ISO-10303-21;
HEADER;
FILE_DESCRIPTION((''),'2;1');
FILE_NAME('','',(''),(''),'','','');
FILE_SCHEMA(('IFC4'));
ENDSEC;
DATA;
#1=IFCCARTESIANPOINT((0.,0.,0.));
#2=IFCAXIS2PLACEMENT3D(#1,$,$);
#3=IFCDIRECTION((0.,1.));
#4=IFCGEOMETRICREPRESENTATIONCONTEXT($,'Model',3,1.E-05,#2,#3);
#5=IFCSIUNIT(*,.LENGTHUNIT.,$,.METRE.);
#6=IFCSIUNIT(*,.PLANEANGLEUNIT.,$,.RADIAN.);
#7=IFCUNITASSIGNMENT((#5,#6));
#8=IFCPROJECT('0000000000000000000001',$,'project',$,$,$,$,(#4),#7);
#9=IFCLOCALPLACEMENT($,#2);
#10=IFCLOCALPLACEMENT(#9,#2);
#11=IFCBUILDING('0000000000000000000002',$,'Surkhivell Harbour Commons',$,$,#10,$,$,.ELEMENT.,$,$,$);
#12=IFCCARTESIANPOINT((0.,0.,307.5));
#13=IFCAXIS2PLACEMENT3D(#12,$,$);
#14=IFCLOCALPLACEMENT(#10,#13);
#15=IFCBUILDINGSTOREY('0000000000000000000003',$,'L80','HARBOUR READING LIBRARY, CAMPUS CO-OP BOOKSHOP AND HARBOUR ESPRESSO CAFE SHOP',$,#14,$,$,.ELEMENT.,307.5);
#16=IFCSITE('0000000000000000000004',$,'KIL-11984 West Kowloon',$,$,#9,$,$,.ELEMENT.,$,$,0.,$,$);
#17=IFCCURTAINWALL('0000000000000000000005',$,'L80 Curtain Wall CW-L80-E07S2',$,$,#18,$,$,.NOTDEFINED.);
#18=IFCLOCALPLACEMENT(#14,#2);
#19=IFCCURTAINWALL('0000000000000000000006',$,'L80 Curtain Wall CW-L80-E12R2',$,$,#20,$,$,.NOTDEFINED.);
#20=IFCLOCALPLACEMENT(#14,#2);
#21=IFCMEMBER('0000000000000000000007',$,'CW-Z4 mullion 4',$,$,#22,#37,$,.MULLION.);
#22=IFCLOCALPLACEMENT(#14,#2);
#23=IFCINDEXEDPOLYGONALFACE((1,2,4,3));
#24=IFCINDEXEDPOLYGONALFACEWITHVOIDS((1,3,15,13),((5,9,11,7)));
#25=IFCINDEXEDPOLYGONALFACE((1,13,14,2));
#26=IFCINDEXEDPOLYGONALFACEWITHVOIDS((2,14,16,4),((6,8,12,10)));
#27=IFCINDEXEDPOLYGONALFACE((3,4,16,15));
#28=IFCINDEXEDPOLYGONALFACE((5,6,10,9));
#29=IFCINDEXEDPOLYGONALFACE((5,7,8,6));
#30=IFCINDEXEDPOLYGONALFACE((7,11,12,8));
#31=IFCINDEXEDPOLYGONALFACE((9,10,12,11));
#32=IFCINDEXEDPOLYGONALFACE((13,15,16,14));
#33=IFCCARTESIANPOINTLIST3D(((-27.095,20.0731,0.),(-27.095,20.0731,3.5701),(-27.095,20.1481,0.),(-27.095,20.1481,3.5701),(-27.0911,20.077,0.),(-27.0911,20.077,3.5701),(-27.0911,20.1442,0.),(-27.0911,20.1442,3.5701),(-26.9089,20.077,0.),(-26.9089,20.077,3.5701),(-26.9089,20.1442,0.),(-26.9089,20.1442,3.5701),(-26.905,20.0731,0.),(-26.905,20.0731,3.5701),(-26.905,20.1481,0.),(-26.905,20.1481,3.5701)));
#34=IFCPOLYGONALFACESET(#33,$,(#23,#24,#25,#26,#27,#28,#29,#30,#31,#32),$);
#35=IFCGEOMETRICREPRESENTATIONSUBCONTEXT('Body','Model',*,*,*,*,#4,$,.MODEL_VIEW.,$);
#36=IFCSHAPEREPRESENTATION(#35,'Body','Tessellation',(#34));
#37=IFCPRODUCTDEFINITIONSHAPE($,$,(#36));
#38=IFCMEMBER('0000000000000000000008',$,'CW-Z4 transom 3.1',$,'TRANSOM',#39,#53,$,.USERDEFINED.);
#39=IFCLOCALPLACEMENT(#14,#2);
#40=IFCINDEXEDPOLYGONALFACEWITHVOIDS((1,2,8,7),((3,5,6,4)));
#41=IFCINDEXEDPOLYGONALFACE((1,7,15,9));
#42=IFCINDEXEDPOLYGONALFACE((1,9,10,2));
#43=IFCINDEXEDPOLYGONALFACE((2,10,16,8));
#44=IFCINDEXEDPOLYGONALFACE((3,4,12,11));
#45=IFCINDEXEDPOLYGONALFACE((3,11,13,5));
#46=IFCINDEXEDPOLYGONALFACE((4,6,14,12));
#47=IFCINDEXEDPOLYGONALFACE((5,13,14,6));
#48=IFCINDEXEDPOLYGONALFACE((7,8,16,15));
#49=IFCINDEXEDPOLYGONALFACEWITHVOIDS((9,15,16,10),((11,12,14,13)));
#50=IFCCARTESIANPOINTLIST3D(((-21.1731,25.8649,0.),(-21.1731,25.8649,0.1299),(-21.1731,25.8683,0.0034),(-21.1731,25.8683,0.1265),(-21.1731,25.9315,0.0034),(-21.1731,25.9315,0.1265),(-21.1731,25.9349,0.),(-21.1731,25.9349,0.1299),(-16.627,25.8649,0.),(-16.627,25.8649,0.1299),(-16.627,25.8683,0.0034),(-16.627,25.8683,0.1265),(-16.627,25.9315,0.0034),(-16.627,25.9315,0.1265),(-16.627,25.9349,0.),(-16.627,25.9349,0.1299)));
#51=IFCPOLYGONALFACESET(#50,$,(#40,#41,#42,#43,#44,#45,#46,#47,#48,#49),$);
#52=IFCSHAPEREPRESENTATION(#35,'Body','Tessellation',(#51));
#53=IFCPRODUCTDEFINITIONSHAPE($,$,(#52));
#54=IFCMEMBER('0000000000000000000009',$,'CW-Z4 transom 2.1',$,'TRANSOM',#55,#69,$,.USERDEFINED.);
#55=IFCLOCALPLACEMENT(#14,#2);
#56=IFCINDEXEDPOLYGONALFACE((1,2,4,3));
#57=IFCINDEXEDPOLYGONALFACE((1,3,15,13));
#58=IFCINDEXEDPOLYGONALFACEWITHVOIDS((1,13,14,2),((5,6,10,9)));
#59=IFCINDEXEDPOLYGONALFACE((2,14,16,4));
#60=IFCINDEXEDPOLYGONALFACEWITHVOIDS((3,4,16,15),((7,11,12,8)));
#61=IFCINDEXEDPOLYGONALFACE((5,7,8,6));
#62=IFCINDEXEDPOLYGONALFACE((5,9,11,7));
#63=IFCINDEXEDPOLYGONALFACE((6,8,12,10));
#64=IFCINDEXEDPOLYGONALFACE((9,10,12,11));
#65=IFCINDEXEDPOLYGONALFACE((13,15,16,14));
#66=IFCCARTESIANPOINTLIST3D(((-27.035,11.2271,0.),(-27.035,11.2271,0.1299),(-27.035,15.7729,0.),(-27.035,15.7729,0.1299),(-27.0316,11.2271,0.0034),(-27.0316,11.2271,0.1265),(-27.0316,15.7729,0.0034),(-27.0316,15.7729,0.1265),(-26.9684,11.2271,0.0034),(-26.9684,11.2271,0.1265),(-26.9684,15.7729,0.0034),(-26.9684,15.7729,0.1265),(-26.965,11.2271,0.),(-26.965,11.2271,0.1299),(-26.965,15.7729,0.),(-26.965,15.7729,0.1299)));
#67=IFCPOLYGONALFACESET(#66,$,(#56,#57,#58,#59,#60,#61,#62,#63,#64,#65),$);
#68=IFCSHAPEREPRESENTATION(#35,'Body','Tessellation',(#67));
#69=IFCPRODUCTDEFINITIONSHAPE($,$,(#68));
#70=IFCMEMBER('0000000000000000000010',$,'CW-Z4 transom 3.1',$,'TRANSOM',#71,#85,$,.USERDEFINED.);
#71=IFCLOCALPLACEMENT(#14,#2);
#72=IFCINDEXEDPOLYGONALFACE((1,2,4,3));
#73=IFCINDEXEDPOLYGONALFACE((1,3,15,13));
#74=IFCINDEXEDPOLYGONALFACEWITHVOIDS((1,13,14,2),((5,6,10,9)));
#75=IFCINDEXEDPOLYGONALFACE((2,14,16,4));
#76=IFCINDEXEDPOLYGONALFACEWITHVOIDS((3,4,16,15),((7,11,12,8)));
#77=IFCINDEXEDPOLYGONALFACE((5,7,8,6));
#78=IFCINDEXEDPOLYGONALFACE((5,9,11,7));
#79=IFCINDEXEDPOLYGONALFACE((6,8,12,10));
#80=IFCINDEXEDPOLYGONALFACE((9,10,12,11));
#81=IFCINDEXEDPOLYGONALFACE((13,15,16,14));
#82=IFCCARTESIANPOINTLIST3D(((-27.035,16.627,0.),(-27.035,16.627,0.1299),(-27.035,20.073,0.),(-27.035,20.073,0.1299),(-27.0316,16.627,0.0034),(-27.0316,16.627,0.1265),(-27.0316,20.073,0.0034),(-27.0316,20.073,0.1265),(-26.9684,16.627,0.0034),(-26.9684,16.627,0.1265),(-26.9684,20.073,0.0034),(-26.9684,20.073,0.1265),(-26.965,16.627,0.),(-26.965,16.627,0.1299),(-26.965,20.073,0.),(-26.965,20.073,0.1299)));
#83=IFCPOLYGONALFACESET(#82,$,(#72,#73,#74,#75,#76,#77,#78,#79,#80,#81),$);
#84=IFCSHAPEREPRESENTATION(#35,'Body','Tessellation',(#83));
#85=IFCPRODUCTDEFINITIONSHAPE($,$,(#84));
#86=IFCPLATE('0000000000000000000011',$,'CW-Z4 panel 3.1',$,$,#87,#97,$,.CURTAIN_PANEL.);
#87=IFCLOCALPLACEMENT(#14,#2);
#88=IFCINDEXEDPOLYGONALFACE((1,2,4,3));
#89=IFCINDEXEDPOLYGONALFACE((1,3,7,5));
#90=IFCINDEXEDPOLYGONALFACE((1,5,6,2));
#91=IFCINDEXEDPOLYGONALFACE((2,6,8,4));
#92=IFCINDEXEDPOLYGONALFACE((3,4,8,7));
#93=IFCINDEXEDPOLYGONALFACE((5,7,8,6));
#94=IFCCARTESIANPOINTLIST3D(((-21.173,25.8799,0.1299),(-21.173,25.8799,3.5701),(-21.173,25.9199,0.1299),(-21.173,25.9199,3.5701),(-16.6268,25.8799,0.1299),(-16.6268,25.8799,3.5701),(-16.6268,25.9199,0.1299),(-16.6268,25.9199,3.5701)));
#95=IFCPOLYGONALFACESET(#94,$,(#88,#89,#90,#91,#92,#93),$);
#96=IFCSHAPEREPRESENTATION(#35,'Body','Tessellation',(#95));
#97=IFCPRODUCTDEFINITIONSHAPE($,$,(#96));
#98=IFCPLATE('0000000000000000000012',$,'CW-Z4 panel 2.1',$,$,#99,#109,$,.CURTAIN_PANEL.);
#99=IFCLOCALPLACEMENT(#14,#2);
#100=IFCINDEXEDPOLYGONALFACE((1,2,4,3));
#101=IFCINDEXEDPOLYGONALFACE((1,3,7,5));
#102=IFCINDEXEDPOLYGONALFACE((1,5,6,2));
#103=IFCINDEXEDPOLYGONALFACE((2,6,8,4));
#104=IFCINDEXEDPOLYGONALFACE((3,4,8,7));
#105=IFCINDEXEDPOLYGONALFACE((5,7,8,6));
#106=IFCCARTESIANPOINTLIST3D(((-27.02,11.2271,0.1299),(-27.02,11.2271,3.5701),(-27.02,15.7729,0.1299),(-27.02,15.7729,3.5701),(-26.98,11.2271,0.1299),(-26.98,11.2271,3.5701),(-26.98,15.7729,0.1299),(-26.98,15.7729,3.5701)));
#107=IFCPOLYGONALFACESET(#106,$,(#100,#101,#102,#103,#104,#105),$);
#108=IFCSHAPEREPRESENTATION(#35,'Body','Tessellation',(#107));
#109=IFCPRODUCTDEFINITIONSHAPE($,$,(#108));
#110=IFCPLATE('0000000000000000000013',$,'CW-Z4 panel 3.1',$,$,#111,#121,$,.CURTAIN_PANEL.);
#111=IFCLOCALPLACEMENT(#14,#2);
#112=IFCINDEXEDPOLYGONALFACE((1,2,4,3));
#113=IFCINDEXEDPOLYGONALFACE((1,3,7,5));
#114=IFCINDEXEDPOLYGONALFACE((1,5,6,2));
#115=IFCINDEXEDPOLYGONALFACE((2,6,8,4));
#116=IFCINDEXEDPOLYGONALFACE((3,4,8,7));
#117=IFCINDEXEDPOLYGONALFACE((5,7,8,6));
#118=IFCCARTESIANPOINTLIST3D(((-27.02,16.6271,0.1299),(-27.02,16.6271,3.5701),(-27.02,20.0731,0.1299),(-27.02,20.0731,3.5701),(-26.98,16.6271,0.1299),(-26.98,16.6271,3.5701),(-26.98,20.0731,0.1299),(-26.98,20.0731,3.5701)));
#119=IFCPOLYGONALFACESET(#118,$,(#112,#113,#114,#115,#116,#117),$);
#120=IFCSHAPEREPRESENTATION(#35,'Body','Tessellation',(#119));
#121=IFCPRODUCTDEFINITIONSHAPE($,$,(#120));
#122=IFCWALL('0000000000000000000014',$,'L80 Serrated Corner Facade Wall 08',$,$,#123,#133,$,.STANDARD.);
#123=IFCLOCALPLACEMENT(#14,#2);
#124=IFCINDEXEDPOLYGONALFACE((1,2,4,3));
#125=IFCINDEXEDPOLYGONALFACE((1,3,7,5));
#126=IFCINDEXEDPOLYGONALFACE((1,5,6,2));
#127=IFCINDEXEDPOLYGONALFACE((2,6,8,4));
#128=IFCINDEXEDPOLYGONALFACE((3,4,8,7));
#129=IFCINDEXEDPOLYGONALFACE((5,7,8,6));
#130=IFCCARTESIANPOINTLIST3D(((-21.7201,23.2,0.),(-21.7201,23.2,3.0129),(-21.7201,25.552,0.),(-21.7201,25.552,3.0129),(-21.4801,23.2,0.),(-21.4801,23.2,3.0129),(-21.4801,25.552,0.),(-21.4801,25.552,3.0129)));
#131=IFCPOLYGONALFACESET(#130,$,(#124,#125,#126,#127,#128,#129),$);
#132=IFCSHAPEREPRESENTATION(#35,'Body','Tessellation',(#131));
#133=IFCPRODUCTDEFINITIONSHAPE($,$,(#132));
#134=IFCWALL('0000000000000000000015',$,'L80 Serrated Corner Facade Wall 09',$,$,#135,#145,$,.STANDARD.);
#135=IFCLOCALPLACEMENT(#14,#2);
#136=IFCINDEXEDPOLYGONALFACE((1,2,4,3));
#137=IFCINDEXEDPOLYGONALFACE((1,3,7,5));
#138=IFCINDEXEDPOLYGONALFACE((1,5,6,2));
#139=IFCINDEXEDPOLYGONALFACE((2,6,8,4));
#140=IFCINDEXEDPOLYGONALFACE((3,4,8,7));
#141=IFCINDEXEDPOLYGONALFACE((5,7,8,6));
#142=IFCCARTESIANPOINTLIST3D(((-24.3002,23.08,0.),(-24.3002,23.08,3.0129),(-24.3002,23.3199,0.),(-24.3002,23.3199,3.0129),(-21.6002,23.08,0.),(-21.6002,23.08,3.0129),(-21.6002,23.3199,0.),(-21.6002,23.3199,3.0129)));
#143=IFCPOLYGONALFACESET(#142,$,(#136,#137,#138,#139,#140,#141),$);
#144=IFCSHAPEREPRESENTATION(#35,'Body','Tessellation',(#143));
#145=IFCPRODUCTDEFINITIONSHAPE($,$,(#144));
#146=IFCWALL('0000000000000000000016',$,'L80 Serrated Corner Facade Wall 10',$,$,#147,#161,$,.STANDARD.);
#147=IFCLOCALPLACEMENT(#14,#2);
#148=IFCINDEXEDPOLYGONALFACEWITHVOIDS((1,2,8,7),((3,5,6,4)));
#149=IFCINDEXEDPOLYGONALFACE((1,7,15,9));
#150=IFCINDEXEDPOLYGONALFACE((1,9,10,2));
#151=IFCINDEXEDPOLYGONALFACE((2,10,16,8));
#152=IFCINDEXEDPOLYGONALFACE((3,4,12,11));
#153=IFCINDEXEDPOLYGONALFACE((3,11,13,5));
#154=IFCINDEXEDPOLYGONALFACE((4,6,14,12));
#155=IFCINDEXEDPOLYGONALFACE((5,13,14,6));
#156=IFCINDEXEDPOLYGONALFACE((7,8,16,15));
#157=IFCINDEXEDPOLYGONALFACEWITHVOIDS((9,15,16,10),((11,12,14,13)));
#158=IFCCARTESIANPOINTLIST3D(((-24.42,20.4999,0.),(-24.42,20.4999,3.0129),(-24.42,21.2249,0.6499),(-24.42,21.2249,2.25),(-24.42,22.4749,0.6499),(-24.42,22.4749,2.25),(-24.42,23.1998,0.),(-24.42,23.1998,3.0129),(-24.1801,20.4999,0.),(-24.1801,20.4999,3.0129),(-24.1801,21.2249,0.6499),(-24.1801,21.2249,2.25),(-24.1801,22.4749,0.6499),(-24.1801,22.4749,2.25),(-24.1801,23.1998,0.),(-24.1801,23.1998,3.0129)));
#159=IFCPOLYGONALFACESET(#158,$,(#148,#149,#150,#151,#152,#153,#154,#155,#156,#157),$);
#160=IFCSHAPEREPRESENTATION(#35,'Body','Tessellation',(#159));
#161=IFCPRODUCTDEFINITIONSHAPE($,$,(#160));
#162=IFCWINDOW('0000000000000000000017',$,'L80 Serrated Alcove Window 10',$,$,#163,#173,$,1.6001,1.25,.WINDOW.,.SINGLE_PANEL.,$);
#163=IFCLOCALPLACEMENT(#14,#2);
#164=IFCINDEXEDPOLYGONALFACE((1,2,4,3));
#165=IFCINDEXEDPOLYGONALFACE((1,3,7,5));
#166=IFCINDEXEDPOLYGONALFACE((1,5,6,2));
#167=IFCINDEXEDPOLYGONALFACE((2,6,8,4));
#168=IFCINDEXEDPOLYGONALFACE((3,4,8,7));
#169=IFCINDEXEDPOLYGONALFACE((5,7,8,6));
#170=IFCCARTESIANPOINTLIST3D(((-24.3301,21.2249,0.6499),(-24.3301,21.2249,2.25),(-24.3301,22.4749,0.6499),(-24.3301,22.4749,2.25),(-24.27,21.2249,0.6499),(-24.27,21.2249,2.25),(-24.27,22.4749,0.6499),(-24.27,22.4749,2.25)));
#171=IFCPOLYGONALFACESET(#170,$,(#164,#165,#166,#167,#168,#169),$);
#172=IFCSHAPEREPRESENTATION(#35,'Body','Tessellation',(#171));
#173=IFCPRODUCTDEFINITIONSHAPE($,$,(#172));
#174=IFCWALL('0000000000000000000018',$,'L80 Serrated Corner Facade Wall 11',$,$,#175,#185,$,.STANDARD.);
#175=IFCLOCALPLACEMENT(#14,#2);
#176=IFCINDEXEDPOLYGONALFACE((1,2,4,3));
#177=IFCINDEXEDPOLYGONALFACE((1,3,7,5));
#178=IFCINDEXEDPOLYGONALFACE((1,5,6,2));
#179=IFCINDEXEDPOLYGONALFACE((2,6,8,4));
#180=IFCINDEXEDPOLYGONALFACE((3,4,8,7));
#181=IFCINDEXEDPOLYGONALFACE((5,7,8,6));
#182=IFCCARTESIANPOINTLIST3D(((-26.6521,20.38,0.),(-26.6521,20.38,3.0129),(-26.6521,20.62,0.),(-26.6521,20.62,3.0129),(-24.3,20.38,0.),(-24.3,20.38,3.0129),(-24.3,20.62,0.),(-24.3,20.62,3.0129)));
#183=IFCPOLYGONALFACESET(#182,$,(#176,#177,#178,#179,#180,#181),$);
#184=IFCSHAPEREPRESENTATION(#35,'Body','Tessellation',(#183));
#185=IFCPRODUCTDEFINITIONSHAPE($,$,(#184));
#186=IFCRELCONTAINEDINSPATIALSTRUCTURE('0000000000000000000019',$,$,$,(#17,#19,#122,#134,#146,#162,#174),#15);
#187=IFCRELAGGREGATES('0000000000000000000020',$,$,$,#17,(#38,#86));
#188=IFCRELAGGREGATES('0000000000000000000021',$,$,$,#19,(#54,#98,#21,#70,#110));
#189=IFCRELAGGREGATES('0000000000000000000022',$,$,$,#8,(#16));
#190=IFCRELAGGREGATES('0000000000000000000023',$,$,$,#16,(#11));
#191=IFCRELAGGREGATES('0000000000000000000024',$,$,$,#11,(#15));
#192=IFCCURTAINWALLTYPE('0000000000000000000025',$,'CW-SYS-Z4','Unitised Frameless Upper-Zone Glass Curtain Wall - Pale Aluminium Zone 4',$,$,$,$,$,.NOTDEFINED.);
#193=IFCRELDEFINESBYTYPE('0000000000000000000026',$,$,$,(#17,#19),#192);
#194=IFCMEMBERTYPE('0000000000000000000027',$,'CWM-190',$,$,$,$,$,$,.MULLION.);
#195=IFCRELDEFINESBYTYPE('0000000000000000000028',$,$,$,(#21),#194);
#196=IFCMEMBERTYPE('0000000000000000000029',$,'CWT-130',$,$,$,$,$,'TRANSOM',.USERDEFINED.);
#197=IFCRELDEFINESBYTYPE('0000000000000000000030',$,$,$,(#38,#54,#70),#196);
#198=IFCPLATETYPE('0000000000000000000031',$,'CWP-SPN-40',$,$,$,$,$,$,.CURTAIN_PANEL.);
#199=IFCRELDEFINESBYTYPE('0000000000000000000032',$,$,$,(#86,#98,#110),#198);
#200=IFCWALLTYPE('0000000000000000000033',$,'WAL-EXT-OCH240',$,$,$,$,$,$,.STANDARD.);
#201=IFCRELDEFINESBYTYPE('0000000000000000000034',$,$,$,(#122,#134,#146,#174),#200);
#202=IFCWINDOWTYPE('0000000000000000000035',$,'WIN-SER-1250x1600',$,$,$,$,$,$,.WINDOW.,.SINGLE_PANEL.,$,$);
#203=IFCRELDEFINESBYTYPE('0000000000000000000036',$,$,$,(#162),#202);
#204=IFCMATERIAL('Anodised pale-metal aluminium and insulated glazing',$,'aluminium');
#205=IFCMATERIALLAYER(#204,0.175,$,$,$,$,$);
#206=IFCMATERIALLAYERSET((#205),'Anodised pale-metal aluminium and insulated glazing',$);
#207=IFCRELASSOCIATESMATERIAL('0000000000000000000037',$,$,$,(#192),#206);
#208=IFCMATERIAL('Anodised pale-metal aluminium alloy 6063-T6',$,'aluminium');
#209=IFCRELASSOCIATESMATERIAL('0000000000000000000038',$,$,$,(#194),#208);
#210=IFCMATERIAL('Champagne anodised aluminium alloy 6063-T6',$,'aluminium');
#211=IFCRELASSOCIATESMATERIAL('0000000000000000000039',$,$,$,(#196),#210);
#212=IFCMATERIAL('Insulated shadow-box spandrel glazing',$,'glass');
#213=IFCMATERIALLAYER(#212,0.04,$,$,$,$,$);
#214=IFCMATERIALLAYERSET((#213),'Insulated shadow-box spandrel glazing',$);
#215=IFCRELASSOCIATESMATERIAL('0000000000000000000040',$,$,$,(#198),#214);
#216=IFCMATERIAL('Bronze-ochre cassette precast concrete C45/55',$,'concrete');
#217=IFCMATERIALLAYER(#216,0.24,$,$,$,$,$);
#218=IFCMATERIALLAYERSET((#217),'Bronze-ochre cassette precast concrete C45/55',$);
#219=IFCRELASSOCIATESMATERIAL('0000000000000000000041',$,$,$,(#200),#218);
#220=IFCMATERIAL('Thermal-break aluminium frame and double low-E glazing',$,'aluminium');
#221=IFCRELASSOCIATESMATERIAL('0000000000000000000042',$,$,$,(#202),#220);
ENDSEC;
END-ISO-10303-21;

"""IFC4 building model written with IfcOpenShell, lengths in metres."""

from ifc_helpers import new_model, si_unit, direction, frame, frame_2d, origin, origin_2d, place, context, subcontext, project, spatial, rectangle, hollow_rectangle, extrude, material, layer, layer_set, material_profile, profile_set, type_object, element, fill, aggregate, save


model = new_model("IFC4")

# Units and contexts
model_context = context("Model", 3, precision=1e-05, world=origin(), true_north=direction((0.0, 1.0)))
body_context = subcontext(model_context, "Body", "Model", "MODEL_VIEW")
ifc_project = project(units=[si_unit("LENGTHUNIT", "METRE"), si_unit("PLANEANGLEUNIT", "RADIAN")], contexts=[model_context])

# Site, building, storey
site_placement = place(None, origin())
site = spatial("IfcSite", under=ifc_project, at=site_placement, Name="KIL-11984 West Kowloon", CompositionType="ELEMENT", RefElevation=0.0)
building_placement = place(site_placement, origin())
building = spatial("IfcBuilding", under=site, at=building_placement, Name="Surkhivell Harbour Commons", CompositionType="ELEMENT")
storey_placement = place(building_placement, frame((0.0, 0.0, 307.5)))
storey = spatial("IfcBuildingStorey", under=building, at=storey_placement, Name="L80", Description="HARBOUR READING LIBRARY, CAMPUS CO-OP BOOKSHOP AND HARBOUR ESPRESSO CAFE SHOP", CompositionType="ELEMENT", Elevation=307.5)

# Curtain wall
ifc_material_1 = material(Name="Anodised pale-metal aluminium and insulated glazing", Category="aluminium")
ifc_layer_1 = layer(ifc_material_1, 0.175)
ifc_layer_set_1 = layer_set([ifc_layer_1], Name="Anodised pale-metal aluminium and insulated glazing")
curtain_wall_type = type_object("IfcCurtainWallType", Name="CW-SYS-Z4", Description="Unitised Frameless Upper-Zone Glass Curtain Wall - Pale Aluminium Zone 4", PredefinedType="NOTDEFINED", material=ifc_layer_set_1)
curtain_wall_1_placement = place(storey_placement, origin())
curtain_wall_1 = element("IfcCurtainWall", 1, at=curtain_wall_1_placement, inside=storey, type_object=curtain_wall_type, Name="L80 Curtain Wall CW-L80-E07S2", PredefinedType="NOTDEFINED")
ifc_material_2 = material(Name="Anodised pale-metal aluminium alloy 6063-T6", Category="aluminium")
ifc_material_profile_1 = material_profile(ifc_material_2, hollow_rectangle(XDim=0.075, YDim=0.1899, WallThickness=0.0039, at=origin_2d()), Name="ALU-MULL-75x190")
ifc_profile_set_1 = profile_set([ifc_material_profile_1], Name="Anodised pale-metal aluminium alloy 6063-T6")
member_type_1 = type_object("IfcMemberType", Name="CWM-190", PredefinedType="MULLION", material=ifc_profile_set_1)

# Curtain wall, member
curtain_wall_2_placement = place(storey_placement, origin())
curtain_wall_2 = element("IfcCurtainWall", 2, at=curtain_wall_2_placement, inside=storey, type_object=curtain_wall_type, Name="L80 Curtain Wall CW-L80-E12R2", PredefinedType="NOTDEFINED")
member_1_placement = place(storey_placement, frame((-27.0, 20.1106, 0.0), z_axis=(0.0, 0.0, 1.0), x_axis=(0.0, 1.0, 0.0)))
member_1 = element("IfcMember", 3, at=member_1_placement, type_object=member_type_1, Name="CW-Z4 mullion 4", PredefinedType="MULLION", context=body_context, shape_type="SweptSolid", body=[
    extrude(hollow_rectangle(XDim=0.075, YDim=0.1899, WallThickness=0.0039, at=origin_2d()), origin(), (0.0, 0.0, 1.0), 3.5701),
])

# Members
ifc_material_3 = material(Name="Champagne anodised aluminium alloy 6063-T6", Category="aluminium")
ifc_material_profile_2 = material_profile(ifc_material_3, hollow_rectangle(XDim=0.0701, YDim=0.1299, WallThickness=0.0034, at=origin_2d()), Name="ALU-TRAN-70x130")
ifc_profile_set_2 = profile_set([ifc_material_profile_2], Name="Champagne anodised aluminium alloy 6063-T6")
member_type_2 = type_object("IfcMemberType", Name="CWT-130", ElementType="TRANSOM", PredefinedType="USERDEFINED", material=ifc_profile_set_2)
member_2_placement = place(storey_placement, frame((-16.627, 25.8999, 0.0649), z_axis=(-1.0, 0.0, 0.0), x_axis=(0.0, -1.0, 0.0)))
member_2 = element("IfcMember", 4, at=member_2_placement, type_object=member_type_2, Name="CW-Z4 transom 3.1", ObjectType="TRANSOM", PredefinedType="USERDEFINED", context=body_context, shape_type="SweptSolid", body=[
    extrude(hollow_rectangle(XDim=0.0701, YDim=0.1299, WallThickness=0.0034, at=origin_2d()), origin(), (0.0, 0.0, 1.0), 4.5461),
])
member_3_placement = place(storey_placement, frame((-27.0, 11.2271, 0.0649), z_axis=(0.0, 1.0, 0.0), x_axis=(-1.0, 0.0, 0.0)))
member_3 = element("IfcMember", 5, at=member_3_placement, type_object=member_type_2, Name="CW-Z4 transom 2.1", ObjectType="TRANSOM", PredefinedType="USERDEFINED", context=body_context, shape_type="SweptSolid", body=[
    extrude(hollow_rectangle(XDim=0.0701, YDim=0.1299, WallThickness=0.0034, at=origin_2d()), origin(), (0.0, 0.0, 1.0), 4.5459),
])
member_4_placement = place(storey_placement, frame((-27.0, 16.627, 0.0649), z_axis=(0.0, 1.0, 0.0), x_axis=(-1.0, 0.0, 0.0)))
member_4 = element("IfcMember", 6, at=member_4_placement, type_object=member_type_2, Name="CW-Z4 transom 3.1", ObjectType="TRANSOM", PredefinedType="USERDEFINED", context=body_context, shape_type="SweptSolid", body=[
    extrude(hollow_rectangle(XDim=0.0701, YDim=0.1299, WallThickness=0.0034, at=origin_2d()), origin(), (0.0, 0.0, 1.0), 3.446),
])

# Plates
ifc_material_4 = material(Name="Insulated shadow-box spandrel glazing", Category="glass")
ifc_layer_2 = layer(ifc_material_4, 0.04)
ifc_layer_set_2 = layer_set([ifc_layer_2], Name="Insulated shadow-box spandrel glazing")
plate_type = type_object("IfcPlateType", Name="CWP-SPN-40", PredefinedType="CURTAIN_PANEL", material=ifc_layer_set_2)
plate_1_placement = place(storey_placement, frame((-16.627, 25.8999, 0.1299), z_axis=(0.0, 0.0, 1.0), x_axis=(-1.0, 0.0, 0.0)))
plate_1 = element("IfcPlate", 7, at=plate_1_placement, type_object=plate_type, Name="CW-Z4 panel 3.1", PredefinedType="CURTAIN_PANEL", context=body_context, shape_type="SweptSolid", body=[
    extrude(rectangle(XDim=4.5461, YDim=0.04, at=frame_2d((2.2729, 0.0))), origin(), (0.0, 0.0, 1.0), 3.4402),
])
aggregate(curtain_wall_1, [member_2, plate_1])
plate_2_placement = place(storey_placement, frame((-27.0, 11.2271, 0.1299), z_axis=(0.0, 0.0, 1.0), x_axis=(0.0, 1.0, 0.0)))
plate_2 = element("IfcPlate", 8, at=plate_2_placement, type_object=plate_type, Name="CW-Z4 panel 2.1", PredefinedType="CURTAIN_PANEL", context=body_context, shape_type="SweptSolid", body=[
    extrude(rectangle(XDim=4.5459, YDim=0.04, at=frame_2d((2.2729, 0.0))), origin(), (0.0, 0.0, 1.0), 3.4402),
])
plate_3_placement = place(storey_placement, frame((-27.0, 16.627, 0.1299), z_axis=(0.0, 0.0, 1.0), x_axis=(0.0, 1.0, 0.0)))
plate_3 = element("IfcPlate", 9, at=plate_3_placement, type_object=plate_type, Name="CW-Z4 panel 3.1", PredefinedType="CURTAIN_PANEL", context=body_context, shape_type="SweptSolid", body=[
    extrude(rectangle(XDim=3.446, YDim=0.04, at=frame_2d((1.7231, 0.0))), origin(), (0.0, 0.0, 1.0), 3.4402),
])
aggregate(curtain_wall_2, [member_3, plate_2, member_1, member_4, plate_3])

# Walls
ifc_material_5 = material(Name="Bronze-ochre cassette precast concrete C45/55", Category="concrete")
ifc_layer_3 = layer(ifc_material_5, 0.24)
ifc_layer_set_3 = layer_set([ifc_layer_3], Name="Bronze-ochre cassette precast concrete C45/55")
wall_type = type_object("IfcWallType", Name="WAL-EXT-OCH240", PredefinedType="STANDARD", material=ifc_layer_set_3)
wall_1_placement = place(storey_placement, frame((-21.6001, 25.552, 0.0), z_axis=(0.0, 0.0, 1.0), x_axis=(0.0, -1.0, 0.0)))
element("IfcWall", 10, at=wall_1_placement, inside=storey, type_object=wall_type, Name="L80 Serrated Corner Facade Wall 08", PredefinedType="STANDARD", context=body_context, shape_type="SweptSolid", body=[
    extrude(rectangle(XDim=2.3521, YDim=0.24, at=frame_2d((1.176, 0.0))), origin(), (0.0, 0.0, 1.0), 3.0129),
])
wall_2_placement = place(storey_placement, frame((-21.6001, 23.2, 0.0), z_axis=(0.0, 0.0, 1.0), x_axis=(-1.0, 0.0, 0.0)))
element("IfcWall", 11, at=wall_2_placement, inside=storey, type_object=wall_type, Name="L80 Serrated Corner Facade Wall 09", PredefinedType="STANDARD", context=body_context, shape_type="SweptSolid", body=[
    extrude(rectangle(XDim=2.7, YDim=0.24, at=frame_2d((1.3501, 0.0))), origin(), (0.0, 0.0, 1.0), 3.0129),
])

# Wall, opening, window
wall_3_placement = place(storey_placement, frame((-24.3, 23.2, 0.0), z_axis=(0.0, 0.0, 1.0), x_axis=(0.0, -1.0, 0.0)))
wall_3 = element("IfcWall", 12, at=wall_3_placement, inside=storey, type_object=wall_type, Name="L80 Serrated Corner Facade Wall 10", PredefinedType="STANDARD", context=body_context, shape_type="SweptSolid", body=[
    extrude(rectangle(XDim=2.7, YDim=0.24, at=frame_2d((1.3501, 0.0))), origin(), (0.0, 0.0, 1.0), 3.0129),
])
opening_placement = place(wall_3_placement, frame((0.7251, 0.0, 0.6499)))
opening = element("IfcOpeningElement", 13, at=opening_placement, cuts=wall_3, PredefinedType="OPENING", context=body_context, shape_type="SweptSolid", body=[
    extrude(rectangle(XDim=1.25, YDim=1.6001, at=frame_2d((0.625, 0.8))), frame((0.0, 0.1299, 0.0), z_axis=(0.0, -1.0, 0.0), x_axis=(1.0, 0.0, 0.0)), (0.0, 0.0, 1.0), 0.26),
])
ifc_material_6 = material(Name="Thermal-break aluminium frame and double low-E glazing", Category="aluminium")
window_type = type_object("IfcWindowType", Name="WIN-SER-1250x1600", PartitioningType="SINGLE_PANEL", PredefinedType="WINDOW", material=ifc_material_6)
window_placement = place(opening_placement, origin())
window = element("IfcWindow", 14, at=window_placement, inside=storey, type_object=window_type, Name="L80 Serrated Alcove Window 10", OverallHeight=1.6001, OverallWidth=1.25, PartitioningType="SINGLE_PANEL", PredefinedType="WINDOW", context=body_context, shape_type="SweptSolid", body=[
    extrude(rectangle(XDim=1.25, YDim=1.6001, at=frame_2d((0.625, 0.8))), frame((0.0, 0.03, 0.0), z_axis=(0.0, -1.0, 0.0), x_axis=(1.0, 0.0, 0.0)), (0.0, 0.0, 1.0), 0.0601),
])
fill(opening, window)

# Wall
wall_4_placement = place(storey_placement, frame((-24.3, 20.5, 0.0), z_axis=(0.0, 0.0, 1.0), x_axis=(-1.0, 0.0, 0.0)))
element("IfcWall", 15, at=wall_4_placement, inside=storey, type_object=wall_type, Name="L80 Serrated Corner Facade Wall 11", PredefinedType="STANDARD", context=body_context, shape_type="SweptSolid", body=[
    extrude(rectangle(XDim=2.3521, YDim=0.24, at=frame_2d((1.176, 0.0))), origin(), (0.0, 0.0, 1.0), 3.0129),
])

save(model, "model.ifc")
